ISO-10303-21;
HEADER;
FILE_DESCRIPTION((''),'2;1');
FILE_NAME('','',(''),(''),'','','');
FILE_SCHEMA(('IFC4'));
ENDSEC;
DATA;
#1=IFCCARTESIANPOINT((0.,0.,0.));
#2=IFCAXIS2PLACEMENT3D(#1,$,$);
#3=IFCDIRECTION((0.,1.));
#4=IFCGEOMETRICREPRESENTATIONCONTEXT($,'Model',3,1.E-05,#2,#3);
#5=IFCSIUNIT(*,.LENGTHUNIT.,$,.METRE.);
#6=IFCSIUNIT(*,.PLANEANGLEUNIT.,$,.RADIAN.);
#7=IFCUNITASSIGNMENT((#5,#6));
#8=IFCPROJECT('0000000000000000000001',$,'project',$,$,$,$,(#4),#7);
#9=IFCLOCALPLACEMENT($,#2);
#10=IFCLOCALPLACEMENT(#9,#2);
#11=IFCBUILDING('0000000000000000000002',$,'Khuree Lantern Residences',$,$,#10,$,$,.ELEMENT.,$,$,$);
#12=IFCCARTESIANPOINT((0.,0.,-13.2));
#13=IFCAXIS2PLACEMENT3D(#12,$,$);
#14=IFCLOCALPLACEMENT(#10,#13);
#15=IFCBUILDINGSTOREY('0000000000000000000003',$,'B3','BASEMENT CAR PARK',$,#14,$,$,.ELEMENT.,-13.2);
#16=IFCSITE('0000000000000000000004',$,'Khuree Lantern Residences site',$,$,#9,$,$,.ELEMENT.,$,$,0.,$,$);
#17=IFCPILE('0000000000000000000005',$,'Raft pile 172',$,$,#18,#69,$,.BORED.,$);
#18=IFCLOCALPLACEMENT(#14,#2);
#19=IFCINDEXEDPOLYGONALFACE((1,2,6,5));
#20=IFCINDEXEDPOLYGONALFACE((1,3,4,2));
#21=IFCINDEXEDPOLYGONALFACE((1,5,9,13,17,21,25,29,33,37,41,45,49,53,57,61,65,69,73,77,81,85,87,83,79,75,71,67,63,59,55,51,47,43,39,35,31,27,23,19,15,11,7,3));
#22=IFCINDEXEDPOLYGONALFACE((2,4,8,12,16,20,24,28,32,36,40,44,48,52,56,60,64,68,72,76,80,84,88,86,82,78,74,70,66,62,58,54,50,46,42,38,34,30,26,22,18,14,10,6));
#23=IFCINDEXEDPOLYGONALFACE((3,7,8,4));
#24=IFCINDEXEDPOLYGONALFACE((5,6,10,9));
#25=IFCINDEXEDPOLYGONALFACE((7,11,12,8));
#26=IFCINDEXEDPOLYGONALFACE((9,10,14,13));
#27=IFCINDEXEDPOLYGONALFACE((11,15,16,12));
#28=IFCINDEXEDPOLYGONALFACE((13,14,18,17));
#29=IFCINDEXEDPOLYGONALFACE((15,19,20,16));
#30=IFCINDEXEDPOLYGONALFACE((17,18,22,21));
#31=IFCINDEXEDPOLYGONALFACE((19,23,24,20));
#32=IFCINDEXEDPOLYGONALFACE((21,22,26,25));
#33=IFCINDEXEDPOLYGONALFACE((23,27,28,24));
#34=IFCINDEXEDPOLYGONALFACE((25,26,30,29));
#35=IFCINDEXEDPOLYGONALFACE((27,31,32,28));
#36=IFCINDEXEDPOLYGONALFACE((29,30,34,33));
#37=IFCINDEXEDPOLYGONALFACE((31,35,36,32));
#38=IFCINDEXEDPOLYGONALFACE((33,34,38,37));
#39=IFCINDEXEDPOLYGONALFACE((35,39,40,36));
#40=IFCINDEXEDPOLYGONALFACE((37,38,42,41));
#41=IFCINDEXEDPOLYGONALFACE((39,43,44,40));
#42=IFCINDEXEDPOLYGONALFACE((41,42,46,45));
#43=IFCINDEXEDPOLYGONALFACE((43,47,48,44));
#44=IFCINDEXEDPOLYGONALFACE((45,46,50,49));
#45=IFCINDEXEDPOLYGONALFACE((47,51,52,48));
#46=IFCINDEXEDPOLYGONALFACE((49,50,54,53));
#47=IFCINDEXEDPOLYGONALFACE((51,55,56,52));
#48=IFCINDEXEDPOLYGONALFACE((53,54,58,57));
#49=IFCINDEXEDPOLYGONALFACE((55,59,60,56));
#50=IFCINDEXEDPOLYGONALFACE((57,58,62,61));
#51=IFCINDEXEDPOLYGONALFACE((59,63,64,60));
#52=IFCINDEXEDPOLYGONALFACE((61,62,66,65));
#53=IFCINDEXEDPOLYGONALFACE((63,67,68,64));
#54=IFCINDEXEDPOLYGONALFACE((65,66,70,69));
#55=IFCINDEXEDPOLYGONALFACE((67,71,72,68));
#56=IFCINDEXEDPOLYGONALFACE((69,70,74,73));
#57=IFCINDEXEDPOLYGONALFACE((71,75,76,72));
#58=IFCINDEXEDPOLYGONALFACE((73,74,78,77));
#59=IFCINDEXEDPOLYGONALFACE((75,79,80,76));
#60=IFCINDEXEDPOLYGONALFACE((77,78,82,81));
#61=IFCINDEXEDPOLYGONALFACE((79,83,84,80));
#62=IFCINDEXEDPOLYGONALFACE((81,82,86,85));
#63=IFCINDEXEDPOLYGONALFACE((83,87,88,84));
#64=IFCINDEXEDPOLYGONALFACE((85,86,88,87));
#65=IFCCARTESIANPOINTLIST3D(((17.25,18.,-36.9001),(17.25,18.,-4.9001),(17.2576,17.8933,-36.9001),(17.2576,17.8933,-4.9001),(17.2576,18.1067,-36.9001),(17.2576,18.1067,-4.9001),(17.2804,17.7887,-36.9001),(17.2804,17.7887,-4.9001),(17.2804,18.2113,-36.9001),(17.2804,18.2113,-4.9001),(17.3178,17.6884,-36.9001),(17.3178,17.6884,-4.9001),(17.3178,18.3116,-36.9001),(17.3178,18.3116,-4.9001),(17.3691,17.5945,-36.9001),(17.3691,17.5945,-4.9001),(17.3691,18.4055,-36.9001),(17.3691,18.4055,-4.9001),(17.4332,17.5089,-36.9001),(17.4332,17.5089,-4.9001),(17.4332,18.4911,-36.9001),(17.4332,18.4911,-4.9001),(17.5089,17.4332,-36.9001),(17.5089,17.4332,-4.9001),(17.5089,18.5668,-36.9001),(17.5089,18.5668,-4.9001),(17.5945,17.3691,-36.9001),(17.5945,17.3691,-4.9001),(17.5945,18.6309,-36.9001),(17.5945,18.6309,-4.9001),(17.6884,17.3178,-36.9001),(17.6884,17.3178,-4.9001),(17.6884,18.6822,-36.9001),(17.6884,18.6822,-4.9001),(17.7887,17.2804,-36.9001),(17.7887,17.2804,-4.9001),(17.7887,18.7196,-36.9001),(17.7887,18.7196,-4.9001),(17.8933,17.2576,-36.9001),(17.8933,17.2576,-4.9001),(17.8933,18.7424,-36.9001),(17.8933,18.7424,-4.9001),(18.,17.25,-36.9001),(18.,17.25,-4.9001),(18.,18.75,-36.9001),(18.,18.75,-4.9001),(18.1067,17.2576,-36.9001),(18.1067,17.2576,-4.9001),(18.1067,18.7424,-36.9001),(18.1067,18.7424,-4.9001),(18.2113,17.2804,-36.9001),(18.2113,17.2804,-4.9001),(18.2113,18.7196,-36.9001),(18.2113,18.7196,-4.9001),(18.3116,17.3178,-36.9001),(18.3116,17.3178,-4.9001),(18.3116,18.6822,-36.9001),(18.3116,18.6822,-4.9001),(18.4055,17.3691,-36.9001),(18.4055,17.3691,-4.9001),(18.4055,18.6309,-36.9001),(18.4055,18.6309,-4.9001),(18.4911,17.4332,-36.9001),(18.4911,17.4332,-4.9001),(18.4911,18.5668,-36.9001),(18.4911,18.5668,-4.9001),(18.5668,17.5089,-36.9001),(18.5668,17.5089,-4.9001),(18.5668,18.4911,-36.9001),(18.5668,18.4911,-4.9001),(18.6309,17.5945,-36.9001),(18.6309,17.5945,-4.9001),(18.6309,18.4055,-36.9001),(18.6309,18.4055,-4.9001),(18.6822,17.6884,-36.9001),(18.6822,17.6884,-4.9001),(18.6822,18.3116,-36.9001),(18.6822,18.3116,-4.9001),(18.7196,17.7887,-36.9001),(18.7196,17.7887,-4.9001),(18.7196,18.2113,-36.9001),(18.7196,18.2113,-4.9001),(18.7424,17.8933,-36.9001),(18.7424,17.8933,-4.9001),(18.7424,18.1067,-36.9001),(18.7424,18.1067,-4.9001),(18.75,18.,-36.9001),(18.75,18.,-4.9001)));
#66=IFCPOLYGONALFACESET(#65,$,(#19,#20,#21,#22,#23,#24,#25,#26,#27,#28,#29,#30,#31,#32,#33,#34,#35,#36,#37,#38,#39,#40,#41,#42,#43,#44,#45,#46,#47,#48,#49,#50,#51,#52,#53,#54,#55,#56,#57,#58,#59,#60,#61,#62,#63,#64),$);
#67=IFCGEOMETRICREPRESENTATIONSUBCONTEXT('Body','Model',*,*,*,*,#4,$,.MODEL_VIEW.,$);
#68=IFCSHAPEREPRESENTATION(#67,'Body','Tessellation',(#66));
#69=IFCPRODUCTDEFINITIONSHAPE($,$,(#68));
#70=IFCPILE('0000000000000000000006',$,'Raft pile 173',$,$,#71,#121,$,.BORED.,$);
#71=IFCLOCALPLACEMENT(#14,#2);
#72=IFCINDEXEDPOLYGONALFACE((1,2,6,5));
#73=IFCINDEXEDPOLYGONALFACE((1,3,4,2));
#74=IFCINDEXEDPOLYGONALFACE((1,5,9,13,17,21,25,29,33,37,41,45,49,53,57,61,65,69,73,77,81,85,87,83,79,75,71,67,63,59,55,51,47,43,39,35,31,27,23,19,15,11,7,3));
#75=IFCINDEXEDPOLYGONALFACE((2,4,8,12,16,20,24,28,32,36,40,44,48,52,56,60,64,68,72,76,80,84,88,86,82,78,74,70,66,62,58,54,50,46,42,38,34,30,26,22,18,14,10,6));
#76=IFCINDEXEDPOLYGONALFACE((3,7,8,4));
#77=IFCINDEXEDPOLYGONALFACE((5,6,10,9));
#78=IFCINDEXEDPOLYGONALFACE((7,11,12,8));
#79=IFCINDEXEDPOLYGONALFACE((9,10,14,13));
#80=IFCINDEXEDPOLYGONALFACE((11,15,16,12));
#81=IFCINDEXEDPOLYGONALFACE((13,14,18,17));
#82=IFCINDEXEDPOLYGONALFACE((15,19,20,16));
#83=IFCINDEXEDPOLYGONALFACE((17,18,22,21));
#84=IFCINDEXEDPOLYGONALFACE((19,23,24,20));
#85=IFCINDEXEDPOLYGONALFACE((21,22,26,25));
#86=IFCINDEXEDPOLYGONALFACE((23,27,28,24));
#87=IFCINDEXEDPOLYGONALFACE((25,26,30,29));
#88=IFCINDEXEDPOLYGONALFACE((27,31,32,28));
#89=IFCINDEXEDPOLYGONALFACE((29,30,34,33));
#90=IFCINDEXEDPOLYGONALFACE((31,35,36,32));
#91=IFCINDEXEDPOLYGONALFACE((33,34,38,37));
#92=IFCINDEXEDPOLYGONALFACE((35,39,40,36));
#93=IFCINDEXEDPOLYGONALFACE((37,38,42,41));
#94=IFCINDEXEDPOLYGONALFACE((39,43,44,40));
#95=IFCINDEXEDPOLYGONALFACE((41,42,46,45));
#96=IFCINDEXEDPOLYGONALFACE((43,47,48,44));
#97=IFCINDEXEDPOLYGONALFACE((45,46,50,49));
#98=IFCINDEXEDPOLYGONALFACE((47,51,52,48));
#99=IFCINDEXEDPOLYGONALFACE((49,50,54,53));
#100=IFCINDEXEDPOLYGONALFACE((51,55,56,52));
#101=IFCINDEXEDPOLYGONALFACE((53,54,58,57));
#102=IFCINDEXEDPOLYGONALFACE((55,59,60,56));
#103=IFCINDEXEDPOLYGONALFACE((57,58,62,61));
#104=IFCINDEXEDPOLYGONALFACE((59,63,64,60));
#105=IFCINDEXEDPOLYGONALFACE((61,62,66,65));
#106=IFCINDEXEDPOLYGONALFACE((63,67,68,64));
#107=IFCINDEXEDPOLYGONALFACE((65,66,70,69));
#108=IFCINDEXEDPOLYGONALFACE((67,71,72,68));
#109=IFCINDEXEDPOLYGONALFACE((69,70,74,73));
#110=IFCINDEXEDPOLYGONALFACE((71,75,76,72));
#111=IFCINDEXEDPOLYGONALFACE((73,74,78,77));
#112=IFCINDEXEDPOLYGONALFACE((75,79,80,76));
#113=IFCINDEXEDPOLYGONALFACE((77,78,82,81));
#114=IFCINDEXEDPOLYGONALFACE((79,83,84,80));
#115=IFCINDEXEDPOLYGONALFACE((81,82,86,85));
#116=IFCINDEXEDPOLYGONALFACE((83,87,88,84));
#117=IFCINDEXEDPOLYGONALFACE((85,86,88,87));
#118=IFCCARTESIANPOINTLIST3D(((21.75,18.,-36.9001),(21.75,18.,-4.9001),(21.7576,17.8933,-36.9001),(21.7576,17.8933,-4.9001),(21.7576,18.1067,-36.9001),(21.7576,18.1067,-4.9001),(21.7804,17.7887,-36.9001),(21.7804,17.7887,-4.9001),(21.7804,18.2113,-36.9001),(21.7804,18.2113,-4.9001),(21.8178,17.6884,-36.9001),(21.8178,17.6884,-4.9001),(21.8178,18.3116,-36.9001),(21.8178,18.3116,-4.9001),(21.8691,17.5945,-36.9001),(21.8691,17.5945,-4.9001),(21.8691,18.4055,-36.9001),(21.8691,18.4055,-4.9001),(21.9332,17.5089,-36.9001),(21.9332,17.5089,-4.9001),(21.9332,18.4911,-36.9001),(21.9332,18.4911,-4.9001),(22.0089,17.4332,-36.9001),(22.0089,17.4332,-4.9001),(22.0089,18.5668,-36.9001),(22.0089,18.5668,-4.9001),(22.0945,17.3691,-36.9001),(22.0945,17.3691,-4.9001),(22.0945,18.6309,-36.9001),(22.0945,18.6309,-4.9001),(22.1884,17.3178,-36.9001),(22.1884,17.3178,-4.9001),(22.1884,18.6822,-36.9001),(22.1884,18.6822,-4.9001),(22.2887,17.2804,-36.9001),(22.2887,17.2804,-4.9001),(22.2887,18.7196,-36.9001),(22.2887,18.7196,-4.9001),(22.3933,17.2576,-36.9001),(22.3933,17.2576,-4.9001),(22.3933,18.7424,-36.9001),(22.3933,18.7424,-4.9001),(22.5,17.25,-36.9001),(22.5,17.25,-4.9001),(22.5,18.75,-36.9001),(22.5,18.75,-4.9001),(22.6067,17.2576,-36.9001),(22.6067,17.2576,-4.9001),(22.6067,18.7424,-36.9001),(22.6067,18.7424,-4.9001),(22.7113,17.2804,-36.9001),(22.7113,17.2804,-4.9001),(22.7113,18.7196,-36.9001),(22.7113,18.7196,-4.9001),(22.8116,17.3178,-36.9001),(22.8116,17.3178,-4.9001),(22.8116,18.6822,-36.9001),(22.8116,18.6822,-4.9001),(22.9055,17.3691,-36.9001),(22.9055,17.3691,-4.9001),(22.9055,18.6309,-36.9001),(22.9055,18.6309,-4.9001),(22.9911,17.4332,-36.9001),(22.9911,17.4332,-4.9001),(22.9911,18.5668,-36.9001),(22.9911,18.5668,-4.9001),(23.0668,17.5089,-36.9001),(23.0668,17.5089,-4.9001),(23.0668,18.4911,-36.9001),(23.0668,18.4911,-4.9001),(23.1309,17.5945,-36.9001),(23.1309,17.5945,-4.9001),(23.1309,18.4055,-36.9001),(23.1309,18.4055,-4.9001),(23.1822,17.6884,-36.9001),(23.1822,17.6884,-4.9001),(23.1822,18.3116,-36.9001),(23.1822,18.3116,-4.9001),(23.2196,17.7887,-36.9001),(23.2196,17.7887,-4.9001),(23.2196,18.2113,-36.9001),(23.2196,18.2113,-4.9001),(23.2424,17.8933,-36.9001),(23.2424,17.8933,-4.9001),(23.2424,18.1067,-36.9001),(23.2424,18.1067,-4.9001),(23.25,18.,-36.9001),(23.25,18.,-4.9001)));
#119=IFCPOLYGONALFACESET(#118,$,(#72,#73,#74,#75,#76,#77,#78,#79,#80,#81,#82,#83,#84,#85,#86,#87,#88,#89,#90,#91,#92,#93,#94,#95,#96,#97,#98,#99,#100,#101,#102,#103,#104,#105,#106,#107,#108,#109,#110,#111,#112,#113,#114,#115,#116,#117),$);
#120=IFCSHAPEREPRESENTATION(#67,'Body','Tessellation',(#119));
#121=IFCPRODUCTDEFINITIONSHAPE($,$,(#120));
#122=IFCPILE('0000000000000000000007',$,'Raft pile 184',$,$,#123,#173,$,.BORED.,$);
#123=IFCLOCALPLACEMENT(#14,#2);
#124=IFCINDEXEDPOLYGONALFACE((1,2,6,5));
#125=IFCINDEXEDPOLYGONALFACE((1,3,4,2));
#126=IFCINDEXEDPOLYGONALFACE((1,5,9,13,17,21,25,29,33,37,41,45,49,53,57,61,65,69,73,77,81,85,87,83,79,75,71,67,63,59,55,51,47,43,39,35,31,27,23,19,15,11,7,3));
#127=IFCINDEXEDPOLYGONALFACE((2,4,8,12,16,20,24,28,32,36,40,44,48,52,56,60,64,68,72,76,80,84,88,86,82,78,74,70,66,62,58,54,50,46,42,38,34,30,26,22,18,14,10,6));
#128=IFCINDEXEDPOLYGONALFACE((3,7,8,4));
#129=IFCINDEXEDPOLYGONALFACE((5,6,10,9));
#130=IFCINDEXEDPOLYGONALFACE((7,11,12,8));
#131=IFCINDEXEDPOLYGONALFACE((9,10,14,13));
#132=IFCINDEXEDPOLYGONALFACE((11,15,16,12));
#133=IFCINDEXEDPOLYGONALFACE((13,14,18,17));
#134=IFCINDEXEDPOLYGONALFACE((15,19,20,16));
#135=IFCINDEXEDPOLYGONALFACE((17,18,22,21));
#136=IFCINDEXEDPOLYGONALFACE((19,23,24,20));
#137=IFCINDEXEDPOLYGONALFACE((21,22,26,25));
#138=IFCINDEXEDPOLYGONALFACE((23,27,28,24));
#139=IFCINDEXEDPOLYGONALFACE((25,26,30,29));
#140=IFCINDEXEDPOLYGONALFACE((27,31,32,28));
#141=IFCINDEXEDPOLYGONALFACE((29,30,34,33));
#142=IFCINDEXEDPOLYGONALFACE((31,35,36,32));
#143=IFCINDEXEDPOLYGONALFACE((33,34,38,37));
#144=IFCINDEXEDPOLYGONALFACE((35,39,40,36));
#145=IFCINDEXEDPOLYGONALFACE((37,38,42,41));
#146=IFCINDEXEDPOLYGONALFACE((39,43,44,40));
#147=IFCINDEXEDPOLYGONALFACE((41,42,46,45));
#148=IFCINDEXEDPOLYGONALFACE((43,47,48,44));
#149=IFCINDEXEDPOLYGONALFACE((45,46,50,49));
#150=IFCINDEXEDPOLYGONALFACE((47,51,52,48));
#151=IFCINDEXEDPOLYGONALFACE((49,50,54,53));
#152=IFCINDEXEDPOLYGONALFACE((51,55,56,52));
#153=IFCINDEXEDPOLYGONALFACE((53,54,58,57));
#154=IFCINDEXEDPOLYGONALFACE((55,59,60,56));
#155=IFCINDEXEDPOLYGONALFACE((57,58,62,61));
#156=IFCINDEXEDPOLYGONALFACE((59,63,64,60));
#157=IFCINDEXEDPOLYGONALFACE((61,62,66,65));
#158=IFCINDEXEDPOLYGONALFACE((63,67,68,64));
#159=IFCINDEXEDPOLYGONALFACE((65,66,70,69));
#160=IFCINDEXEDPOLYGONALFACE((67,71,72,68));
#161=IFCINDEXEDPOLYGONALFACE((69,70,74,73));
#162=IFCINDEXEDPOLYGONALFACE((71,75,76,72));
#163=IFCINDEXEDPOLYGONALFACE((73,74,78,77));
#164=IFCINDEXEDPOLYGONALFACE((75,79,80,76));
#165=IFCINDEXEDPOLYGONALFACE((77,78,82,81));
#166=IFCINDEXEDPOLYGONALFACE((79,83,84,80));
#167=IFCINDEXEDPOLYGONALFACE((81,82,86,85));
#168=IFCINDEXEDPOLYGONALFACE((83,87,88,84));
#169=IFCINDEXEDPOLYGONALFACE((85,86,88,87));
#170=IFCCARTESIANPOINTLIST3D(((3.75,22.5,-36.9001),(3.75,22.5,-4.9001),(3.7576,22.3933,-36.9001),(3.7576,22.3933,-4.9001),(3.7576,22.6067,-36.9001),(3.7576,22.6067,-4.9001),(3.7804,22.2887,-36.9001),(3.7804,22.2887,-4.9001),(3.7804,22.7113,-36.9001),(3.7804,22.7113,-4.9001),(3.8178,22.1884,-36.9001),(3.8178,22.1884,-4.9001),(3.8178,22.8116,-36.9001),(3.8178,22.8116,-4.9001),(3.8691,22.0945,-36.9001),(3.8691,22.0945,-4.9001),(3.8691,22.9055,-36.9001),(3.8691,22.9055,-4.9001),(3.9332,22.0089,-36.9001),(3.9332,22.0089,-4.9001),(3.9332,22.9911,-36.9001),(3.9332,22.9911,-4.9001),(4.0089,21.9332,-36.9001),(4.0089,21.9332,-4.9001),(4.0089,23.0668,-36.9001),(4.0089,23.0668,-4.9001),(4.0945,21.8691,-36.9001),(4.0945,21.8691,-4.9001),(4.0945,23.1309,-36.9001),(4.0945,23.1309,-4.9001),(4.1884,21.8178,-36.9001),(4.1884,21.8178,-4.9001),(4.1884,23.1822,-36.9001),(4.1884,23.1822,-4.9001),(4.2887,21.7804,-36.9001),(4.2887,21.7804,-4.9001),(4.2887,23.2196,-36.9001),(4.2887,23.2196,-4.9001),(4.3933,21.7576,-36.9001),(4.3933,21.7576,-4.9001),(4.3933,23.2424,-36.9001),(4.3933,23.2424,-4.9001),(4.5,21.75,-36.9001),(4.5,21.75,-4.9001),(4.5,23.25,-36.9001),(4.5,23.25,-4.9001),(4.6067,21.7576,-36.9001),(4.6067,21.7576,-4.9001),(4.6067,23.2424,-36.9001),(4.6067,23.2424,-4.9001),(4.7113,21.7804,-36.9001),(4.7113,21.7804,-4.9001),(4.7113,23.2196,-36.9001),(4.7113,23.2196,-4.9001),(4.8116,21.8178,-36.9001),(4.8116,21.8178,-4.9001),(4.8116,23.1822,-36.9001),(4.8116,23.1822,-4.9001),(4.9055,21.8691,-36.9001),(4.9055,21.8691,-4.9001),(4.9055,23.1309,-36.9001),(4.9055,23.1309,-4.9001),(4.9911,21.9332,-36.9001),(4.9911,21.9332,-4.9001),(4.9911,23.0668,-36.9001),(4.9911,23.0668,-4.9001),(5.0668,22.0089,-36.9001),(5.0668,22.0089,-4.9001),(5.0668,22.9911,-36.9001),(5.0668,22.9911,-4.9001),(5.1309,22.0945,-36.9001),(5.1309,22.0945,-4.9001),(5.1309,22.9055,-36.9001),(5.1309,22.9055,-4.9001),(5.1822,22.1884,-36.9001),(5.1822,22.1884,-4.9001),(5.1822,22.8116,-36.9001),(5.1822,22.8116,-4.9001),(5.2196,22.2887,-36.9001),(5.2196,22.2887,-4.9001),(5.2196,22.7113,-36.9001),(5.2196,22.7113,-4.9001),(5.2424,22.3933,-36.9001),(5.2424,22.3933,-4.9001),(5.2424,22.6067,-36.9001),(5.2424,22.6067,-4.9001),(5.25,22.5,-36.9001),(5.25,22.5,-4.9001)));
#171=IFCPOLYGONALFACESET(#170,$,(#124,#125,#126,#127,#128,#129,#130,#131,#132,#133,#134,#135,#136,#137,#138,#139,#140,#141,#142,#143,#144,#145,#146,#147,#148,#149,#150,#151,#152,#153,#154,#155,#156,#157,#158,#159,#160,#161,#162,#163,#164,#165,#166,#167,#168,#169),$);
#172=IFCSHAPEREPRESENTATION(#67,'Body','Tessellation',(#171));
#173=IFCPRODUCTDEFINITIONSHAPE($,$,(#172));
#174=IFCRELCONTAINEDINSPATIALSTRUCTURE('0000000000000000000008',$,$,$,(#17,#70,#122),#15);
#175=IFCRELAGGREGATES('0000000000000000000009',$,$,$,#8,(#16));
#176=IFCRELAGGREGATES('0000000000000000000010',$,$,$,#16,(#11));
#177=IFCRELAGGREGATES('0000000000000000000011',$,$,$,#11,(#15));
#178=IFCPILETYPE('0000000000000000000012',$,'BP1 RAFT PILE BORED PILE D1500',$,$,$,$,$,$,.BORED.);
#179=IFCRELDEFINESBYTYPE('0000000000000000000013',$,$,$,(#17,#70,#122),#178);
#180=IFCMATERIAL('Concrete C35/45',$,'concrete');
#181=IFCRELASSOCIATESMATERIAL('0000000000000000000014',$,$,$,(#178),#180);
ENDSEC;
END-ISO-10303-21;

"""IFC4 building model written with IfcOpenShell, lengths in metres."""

from ifc_helpers import new_model, si_unit, direction, frame, origin, origin_2d, place, context, subcontext, project, spatial, circle, extrude, material, material_profile, profile_set, type_object, element, save


model = new_model("IFC4")

# Units and contexts
model_context = context("Model", 3, precision=1e-05, world=origin(), true_north=direction((0.0, 1.0)))
body_context = subcontext(model_context, "Body", "Model", "MODEL_VIEW")
ifc_project = project(units=[si_unit("LENGTHUNIT", "METRE"), si_unit("PLANEANGLEUNIT", "RADIAN")], contexts=[model_context])

# Site, building, storey
site_placement = place(None, origin())
site = spatial("IfcSite", under=ifc_project, at=site_placement, Name="Khuree Lantern Residences site", CompositionType="ELEMENT", RefElevation=0.0)
building_placement = place(site_placement, origin())
building = spatial("IfcBuilding", under=site, at=building_placement, Name="Khuree Lantern Residences", CompositionType="ELEMENT")
storey_placement = place(building_placement, frame((0.0, 0.0, -13.2)))
storey = spatial("IfcBuildingStorey", under=building, at=storey_placement, Name="B3", Description="BASEMENT CAR PARK", CompositionType="ELEMENT", Elevation=-13.2)

# Piles
ifc_material_1 = material(Name="Concrete C35/45", Category="concrete")
ifc_material_profile_1 = material_profile(ifc_material_1, circle(Radius=0.75, at=origin_2d()), Name="BORED PILE D1500")
ifc_profile_set_1 = profile_set([ifc_material_profile_1], Name="Concrete C35/45")
pile_type = type_object("IfcPileType", Name="BP1 RAFT PILE BORED PILE D1500", PredefinedType="BORED", material=ifc_profile_set_1)
for number, where, z_axis, x_axis, name in (
    (1, (18.0, 18.0, -4.9001), (0.0, 0.0, -1.0), (1.0, 0.0, 0.0), "Raft pile 172"),
    (2, (22.5, 18.0, -4.9001), (0.0, 0.0, -1.0), (1.0, 0.0, 0.0), "Raft pile 173"),
    (3, (4.5, 22.5, -4.9001), (0.0, 0.0, -1.0), (1.0, 0.0, 0.0), "Raft pile 184"),
):
    element("IfcPile", number, at=place(storey_placement, frame(where, z_axis=z_axis, x_axis=x_axis)), inside=storey, type_object=pile_type, Name=name, PredefinedType="BORED", context=body_context, shape_type="SweptSolid", body=[
        extrude(circle(Radius=0.75, at=origin_2d()), origin(), (0.0, 0.0, 1.0), 32.0),
    ])

save(model, "model.ifc")
